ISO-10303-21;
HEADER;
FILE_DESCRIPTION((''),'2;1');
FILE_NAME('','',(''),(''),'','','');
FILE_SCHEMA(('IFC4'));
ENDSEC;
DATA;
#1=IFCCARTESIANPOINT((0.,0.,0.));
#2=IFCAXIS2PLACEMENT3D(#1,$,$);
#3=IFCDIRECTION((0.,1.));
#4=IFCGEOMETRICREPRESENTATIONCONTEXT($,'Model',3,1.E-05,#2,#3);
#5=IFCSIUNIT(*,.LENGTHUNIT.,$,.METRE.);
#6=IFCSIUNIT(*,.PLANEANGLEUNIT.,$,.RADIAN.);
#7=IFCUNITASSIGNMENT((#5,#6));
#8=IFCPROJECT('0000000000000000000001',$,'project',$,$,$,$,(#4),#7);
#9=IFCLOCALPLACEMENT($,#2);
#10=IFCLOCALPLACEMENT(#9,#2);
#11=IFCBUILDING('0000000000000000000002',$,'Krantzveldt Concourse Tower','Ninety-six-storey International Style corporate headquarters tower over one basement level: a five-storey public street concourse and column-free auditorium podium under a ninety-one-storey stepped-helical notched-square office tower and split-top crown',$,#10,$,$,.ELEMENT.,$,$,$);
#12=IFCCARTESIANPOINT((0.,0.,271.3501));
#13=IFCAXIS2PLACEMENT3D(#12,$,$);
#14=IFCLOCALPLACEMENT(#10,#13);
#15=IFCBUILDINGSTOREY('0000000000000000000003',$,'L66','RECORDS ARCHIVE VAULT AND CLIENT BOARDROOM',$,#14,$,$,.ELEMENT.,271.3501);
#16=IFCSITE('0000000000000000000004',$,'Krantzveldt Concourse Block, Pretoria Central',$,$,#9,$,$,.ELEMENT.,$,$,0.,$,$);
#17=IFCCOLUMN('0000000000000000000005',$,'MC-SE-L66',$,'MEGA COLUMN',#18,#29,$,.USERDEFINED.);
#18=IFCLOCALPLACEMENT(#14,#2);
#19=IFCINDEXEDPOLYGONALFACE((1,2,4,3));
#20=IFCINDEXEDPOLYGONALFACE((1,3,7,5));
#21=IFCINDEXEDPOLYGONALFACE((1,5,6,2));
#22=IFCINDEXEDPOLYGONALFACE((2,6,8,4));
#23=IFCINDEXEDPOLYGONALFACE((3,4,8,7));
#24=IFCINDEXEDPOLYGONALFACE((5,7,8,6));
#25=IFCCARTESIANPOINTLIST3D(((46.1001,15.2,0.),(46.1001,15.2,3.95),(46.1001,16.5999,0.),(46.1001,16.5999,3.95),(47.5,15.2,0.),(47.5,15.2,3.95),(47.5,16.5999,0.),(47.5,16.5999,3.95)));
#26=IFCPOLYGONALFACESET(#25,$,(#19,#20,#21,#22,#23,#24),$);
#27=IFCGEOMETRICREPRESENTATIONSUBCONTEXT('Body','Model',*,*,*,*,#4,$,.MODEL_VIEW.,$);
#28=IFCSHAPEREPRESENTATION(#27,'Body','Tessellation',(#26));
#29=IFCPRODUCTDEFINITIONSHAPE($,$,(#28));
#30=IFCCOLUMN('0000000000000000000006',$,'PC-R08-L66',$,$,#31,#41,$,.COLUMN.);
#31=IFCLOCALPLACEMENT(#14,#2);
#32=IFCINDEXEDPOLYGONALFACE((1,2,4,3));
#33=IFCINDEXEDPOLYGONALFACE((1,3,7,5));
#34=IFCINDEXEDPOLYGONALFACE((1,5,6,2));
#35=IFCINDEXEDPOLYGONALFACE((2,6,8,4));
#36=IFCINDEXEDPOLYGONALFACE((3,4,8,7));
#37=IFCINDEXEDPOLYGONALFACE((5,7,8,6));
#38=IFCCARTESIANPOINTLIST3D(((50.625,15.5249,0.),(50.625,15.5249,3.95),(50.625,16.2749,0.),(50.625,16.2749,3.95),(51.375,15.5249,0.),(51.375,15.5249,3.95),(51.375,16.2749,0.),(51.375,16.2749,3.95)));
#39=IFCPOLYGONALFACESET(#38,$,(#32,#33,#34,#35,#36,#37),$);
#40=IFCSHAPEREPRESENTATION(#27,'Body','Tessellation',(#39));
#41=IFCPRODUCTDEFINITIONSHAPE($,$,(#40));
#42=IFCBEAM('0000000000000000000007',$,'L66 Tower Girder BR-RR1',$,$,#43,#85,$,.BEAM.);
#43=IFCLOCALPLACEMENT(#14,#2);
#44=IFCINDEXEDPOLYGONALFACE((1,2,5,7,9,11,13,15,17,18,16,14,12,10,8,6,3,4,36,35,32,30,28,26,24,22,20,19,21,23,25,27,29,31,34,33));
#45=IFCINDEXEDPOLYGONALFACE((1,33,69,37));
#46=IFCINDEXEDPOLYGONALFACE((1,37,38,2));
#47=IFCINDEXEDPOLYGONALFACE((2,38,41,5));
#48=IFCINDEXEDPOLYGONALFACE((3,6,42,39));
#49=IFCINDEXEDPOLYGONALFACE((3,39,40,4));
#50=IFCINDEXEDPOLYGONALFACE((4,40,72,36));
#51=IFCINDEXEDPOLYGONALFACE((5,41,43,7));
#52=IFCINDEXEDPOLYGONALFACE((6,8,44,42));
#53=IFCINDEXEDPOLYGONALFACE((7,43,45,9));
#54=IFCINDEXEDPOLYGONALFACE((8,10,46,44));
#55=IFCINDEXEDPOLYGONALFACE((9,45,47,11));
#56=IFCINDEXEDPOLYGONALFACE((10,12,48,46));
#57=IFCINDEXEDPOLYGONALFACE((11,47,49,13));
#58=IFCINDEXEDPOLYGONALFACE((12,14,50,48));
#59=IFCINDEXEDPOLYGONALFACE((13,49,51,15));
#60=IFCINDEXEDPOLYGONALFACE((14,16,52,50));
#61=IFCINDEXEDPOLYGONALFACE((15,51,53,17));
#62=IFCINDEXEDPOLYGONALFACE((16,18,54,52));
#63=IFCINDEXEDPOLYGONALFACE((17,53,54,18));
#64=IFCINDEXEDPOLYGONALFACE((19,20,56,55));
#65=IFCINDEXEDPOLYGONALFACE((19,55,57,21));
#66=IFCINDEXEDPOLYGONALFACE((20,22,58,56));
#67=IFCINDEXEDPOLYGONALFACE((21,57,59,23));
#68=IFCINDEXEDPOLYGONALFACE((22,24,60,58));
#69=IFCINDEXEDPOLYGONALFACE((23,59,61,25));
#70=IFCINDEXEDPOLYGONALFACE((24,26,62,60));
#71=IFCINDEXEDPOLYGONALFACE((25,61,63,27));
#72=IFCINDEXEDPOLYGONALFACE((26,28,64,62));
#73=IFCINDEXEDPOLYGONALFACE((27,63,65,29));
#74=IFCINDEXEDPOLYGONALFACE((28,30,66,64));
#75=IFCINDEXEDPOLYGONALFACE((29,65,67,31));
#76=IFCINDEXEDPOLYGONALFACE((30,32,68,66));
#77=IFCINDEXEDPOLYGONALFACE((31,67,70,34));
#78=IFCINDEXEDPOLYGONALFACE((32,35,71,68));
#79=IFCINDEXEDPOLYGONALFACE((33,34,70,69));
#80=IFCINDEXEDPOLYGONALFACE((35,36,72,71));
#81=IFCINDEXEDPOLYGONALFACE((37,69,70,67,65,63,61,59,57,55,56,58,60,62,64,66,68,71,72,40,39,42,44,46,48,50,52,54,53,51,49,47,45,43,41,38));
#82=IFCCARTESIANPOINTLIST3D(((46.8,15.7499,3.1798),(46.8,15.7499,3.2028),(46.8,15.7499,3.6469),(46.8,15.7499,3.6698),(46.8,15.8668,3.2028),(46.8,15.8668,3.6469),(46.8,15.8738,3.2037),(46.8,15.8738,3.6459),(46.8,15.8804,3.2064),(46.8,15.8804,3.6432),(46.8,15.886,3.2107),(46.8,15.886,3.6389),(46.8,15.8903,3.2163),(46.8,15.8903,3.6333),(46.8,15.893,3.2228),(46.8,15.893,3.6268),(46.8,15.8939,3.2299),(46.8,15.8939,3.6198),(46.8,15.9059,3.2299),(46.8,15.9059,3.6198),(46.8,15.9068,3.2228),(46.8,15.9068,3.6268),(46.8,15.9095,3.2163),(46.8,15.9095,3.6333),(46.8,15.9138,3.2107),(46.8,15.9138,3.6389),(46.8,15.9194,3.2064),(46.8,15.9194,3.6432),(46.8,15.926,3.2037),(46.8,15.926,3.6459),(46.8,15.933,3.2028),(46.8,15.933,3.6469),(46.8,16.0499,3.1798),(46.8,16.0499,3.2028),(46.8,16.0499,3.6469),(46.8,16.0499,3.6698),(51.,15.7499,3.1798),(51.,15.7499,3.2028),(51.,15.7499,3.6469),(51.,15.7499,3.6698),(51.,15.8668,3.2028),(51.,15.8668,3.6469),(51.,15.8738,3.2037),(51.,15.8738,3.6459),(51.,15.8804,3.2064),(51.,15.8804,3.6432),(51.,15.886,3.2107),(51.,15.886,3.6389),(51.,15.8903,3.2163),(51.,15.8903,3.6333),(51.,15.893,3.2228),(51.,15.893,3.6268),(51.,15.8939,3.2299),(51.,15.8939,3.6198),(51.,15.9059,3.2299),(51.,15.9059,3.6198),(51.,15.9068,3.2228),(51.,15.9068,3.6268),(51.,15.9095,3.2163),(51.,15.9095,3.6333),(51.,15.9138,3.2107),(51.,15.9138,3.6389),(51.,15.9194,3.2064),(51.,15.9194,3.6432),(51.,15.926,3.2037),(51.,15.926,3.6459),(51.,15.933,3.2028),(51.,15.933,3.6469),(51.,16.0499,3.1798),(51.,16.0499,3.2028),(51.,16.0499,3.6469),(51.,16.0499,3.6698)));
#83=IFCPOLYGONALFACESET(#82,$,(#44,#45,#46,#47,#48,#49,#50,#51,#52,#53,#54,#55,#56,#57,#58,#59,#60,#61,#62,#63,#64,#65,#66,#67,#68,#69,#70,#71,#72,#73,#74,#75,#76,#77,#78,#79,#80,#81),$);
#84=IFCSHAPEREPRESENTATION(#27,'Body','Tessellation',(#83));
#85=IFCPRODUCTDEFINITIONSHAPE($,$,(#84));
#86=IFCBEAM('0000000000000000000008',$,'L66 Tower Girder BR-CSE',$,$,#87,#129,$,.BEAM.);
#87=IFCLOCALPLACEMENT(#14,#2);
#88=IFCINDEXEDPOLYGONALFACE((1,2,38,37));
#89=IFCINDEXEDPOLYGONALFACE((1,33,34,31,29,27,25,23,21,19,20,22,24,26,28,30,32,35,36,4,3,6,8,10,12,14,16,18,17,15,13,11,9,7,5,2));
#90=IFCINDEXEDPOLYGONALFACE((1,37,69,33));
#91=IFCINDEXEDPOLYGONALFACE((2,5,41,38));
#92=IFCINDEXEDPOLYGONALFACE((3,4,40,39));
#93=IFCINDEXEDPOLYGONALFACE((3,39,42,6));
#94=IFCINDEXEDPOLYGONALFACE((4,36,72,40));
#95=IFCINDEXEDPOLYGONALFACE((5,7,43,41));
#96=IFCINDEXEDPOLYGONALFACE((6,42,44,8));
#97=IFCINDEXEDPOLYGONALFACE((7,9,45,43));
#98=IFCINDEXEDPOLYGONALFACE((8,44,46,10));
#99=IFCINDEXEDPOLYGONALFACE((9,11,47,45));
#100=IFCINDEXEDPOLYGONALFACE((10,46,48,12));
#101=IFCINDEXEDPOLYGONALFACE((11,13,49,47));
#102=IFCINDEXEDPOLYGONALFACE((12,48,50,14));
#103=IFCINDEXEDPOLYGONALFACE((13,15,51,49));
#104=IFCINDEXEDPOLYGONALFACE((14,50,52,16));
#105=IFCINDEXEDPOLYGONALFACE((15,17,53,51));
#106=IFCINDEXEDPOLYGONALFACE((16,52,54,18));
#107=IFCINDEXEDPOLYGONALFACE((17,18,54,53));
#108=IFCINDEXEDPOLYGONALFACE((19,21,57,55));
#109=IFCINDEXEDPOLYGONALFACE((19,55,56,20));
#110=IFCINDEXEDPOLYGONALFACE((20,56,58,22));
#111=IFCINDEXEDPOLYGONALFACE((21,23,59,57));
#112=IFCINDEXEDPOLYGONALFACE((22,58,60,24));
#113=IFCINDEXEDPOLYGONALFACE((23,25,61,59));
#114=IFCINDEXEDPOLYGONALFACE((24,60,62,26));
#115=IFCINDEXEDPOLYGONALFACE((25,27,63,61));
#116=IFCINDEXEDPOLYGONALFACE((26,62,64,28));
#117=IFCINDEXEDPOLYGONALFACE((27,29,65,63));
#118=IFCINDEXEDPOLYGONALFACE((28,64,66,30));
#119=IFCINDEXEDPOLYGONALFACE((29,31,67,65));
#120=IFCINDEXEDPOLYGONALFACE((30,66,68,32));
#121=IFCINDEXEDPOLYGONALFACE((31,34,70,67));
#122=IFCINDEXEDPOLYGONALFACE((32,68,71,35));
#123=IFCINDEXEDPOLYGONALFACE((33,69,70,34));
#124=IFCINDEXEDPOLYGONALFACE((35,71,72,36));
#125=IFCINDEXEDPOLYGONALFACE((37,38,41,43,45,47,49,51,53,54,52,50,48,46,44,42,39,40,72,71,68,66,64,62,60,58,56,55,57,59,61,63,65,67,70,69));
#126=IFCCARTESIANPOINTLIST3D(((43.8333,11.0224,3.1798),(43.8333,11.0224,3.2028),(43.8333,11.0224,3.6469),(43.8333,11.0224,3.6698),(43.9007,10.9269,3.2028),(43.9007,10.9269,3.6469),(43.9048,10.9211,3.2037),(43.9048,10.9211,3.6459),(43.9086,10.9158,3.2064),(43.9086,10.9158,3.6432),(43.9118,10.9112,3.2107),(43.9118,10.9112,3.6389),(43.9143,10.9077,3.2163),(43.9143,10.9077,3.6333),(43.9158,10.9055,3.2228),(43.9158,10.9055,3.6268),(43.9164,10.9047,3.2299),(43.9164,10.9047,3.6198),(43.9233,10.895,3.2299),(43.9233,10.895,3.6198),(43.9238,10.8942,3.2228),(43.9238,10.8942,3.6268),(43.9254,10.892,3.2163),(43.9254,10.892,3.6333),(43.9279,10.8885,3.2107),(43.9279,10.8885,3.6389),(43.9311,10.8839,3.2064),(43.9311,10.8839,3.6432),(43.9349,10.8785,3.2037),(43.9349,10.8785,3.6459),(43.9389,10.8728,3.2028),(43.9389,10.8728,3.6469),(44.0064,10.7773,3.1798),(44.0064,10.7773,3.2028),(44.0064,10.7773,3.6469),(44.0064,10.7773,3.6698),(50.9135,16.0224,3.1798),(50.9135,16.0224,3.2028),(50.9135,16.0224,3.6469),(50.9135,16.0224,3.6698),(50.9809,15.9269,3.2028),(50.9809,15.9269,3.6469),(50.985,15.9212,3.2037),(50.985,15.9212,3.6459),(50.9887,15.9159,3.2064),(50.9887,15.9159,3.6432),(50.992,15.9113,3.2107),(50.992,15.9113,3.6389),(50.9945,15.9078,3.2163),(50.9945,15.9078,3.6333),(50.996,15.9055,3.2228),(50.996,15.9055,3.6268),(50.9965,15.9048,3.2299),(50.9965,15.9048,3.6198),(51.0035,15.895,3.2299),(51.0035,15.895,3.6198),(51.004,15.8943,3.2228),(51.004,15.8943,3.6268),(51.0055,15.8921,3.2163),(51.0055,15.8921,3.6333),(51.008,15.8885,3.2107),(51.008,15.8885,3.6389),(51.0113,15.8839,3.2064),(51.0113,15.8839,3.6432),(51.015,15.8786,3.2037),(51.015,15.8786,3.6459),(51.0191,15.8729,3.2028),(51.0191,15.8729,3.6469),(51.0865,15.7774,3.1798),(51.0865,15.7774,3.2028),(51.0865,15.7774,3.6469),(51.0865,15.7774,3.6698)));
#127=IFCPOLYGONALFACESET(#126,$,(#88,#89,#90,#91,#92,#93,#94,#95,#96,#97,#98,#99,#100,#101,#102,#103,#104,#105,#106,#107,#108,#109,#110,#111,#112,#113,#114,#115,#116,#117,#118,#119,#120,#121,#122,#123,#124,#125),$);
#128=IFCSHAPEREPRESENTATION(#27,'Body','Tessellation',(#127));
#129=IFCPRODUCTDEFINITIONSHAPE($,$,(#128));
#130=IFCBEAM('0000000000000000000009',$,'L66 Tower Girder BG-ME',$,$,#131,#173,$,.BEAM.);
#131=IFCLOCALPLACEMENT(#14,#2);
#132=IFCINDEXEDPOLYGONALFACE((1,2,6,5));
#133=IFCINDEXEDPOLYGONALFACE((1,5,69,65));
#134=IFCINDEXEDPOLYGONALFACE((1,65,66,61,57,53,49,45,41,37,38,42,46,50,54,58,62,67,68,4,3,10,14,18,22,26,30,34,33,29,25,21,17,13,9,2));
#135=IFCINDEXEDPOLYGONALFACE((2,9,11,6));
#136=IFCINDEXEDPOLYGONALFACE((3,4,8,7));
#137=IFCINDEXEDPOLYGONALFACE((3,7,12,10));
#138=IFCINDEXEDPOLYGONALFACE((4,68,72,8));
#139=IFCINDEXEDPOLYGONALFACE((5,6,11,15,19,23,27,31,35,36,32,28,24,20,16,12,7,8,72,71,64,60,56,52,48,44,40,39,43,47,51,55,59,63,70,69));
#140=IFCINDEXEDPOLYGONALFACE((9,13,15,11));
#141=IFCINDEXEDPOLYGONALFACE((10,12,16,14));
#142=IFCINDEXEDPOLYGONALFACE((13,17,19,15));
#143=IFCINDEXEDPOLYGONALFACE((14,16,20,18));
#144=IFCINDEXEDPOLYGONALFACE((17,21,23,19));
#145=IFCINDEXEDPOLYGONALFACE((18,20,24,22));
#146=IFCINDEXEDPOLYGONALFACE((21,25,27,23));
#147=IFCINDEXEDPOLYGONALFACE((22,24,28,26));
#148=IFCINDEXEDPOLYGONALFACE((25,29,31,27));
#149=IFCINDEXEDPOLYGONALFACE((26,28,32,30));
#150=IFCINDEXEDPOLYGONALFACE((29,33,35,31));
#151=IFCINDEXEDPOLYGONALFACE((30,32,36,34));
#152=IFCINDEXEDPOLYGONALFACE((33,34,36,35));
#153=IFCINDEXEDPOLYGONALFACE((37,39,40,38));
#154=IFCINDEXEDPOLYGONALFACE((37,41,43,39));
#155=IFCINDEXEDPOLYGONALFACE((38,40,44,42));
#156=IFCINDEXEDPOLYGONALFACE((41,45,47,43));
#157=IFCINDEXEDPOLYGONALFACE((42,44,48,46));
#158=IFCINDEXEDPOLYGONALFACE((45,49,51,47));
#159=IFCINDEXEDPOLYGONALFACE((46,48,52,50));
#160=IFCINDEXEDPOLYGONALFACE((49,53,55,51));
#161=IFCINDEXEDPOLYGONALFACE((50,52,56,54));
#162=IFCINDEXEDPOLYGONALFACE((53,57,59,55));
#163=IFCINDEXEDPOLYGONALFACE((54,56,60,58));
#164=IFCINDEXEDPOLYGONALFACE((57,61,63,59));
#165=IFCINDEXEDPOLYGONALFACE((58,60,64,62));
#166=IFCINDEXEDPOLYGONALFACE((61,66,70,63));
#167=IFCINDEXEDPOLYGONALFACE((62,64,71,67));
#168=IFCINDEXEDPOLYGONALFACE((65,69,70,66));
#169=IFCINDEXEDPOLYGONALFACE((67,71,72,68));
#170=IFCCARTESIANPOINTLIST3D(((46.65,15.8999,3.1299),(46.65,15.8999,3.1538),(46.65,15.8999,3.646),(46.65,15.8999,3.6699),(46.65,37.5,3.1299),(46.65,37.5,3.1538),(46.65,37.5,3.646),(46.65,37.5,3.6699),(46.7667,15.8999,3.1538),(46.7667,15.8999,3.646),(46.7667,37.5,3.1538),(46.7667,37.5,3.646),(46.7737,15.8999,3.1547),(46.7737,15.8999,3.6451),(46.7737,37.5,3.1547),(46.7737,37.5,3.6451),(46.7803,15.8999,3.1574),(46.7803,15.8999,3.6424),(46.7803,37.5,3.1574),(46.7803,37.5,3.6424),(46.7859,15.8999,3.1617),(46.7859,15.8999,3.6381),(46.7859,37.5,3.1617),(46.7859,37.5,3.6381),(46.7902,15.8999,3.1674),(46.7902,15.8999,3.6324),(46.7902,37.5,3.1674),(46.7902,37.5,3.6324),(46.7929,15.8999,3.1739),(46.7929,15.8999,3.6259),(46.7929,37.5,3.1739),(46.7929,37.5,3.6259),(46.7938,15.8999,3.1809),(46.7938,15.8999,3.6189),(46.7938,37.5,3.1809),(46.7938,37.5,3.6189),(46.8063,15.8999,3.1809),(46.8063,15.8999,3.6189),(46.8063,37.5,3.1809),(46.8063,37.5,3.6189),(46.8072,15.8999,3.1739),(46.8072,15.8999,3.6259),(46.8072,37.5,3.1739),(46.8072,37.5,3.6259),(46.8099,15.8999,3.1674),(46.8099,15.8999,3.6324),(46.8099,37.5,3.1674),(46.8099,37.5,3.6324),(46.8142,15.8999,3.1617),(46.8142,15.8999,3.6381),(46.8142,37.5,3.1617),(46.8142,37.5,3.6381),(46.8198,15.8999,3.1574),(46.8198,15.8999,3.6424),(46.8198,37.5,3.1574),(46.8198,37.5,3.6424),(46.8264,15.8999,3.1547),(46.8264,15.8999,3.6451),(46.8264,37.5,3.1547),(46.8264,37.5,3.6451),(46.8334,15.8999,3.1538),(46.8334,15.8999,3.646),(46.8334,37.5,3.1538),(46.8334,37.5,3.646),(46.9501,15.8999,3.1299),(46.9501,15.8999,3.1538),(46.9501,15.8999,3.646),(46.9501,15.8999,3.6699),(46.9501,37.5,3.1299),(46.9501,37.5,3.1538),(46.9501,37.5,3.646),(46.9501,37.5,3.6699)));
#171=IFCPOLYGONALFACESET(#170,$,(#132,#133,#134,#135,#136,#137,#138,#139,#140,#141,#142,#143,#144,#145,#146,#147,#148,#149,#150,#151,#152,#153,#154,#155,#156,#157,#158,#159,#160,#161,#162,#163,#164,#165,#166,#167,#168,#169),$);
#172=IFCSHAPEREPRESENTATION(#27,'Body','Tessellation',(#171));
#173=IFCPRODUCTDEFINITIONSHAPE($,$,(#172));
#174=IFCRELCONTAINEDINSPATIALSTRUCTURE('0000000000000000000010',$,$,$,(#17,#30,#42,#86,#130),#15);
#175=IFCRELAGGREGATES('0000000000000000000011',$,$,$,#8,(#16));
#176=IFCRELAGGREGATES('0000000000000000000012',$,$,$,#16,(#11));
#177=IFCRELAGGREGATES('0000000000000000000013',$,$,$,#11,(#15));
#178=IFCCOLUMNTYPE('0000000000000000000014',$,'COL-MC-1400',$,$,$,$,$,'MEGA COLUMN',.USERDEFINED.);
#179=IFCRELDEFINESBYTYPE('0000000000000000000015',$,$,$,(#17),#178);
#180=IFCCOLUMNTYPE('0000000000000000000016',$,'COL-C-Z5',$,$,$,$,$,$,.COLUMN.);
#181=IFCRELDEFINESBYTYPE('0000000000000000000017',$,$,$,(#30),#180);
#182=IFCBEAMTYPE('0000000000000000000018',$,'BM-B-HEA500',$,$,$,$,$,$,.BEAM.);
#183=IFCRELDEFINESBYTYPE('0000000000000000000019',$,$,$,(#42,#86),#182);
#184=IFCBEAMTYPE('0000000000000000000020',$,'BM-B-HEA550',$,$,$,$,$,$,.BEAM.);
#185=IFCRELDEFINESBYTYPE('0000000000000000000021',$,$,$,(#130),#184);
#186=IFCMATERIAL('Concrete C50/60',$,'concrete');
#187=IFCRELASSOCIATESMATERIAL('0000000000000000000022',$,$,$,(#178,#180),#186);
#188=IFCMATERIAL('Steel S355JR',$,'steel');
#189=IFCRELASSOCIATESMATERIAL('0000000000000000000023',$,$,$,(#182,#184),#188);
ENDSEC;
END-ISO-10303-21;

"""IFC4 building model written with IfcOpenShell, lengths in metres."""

from ifc_helpers import new_model, si_unit, direction, frame, origin, origin_2d, place, context, subcontext, project, spatial, rectangle, i_section, extrude, source, transform, mapped, material, material_profile, profile_set, type_object, type_shapes, element, save


model = new_model("IFC4")

# Units and contexts
model_context = context("Model", 3, precision=1e-05, world=origin(), true_north=direction((0.0, 1.0)))
body_context = subcontext(model_context, "Body", "Model", "MODEL_VIEW")
ifc_project = project(units=[si_unit("LENGTHUNIT", "METRE"), si_unit("PLANEANGLEUNIT", "RADIAN")], contexts=[model_context])

# Site, building, storey
site_placement = place(None, origin())
site = spatial("IfcSite", under=ifc_project, at=site_placement, Name="Krantzveldt Concourse Block, Pretoria Central", CompositionType="ELEMENT", RefElevation=0.0)
building_placement = place(site_placement, origin())
building = spatial("IfcBuilding", under=site, at=building_placement, Name="Krantzveldt Concourse Tower", Description="Ninety-six-storey International Style corporate headquarters tower over one basement level: a five-storey public street concourse and column-free auditorium podium under a ninety-one-storey stepped-helical notched-square office tower and split-top crown", CompositionType="ELEMENT")
storey_placement = place(building_placement, frame((0.0, 0.0, 271.3501)))
storey = spatial("IfcBuildingStorey", under=building, at=storey_placement, Name="L66", Description="RECORDS ARCHIVE VAULT AND CLIENT BOARDROOM", CompositionType="ELEMENT", Elevation=271.3501)

# Columns
ifc_material_1 = material(Name="Concrete C50/60", Category="concrete")
ifc_material_profile_1 = material_profile(ifc_material_1, rectangle(XDim=1.3999, YDim=1.3999, at=origin_2d()), Name="Concrete C50/60", Category="concrete")
ifc_profile_set_1 = profile_set([ifc_material_profile_1], Name="Concrete C50/60 - RC 1400x1400")
column_type_1 = type_object("IfcColumnType", Name="COL-MC-1400", ElementType="MEGA COLUMN", PredefinedType="USERDEFINED", material=ifc_profile_set_1)
shared_shape_1 = source(origin(), body_context, "Body", "SweptSolid", [
    extrude(rectangle(XDim=1.3999, YDim=1.3999, at=origin_2d()), origin(), (0.0, 0.0, 1.0), 3.95),
])
type_shapes(column_type_1, [shared_shape_1])
column_1_placement = place(storey_placement, frame((46.8, 15.8999, 0.0), z_axis=(0.0, 0.0, 1.0), x_axis=(1.0, 0.0, 0.0)))
element("IfcColumn", 1, at=column_1_placement, inside=storey, type_object=column_type_1, Name="MC-SE-L66", ObjectType="MEGA COLUMN", PredefinedType="USERDEFINED", context=body_context, shape_type="MappedRepresentation", body=[
    mapped(shared_shape_1, transform((0.0, 0.0, 0.0), x_axis=(1.0, 0.0, 0.0), y_axis=(0.0, 1.0, 0.0), z_axis=(0.0, 0.0, 1.0), scale=1.0)),
])
ifc_material_profile_2 = material_profile(ifc_material_1, rectangle(XDim=0.75, YDim=0.75, at=origin_2d()), Name="Concrete C50/60", Category="concrete")
ifc_profile_set_2 = profile_set([ifc_material_profile_2], Name="Concrete C50/60 - RC 750x750")
column_type_2 = type_object("IfcColumnType", Name="COL-C-Z5", PredefinedType="COLUMN", material=ifc_profile_set_2)
shared_shape_2 = source(origin(), body_context, "Body", "SweptSolid", [
    extrude(rectangle(XDim=0.75, YDim=0.75, at=origin_2d()), origin(), (0.0, 0.0, 1.0), 3.95),
])
type_shapes(column_type_2, [shared_shape_2])
column_2_placement = place(storey_placement, frame((51.0, 15.8999, 0.0), z_axis=(0.0, 0.0, 1.0), x_axis=(1.0, 0.0, 0.0)))
element("IfcColumn", 2, at=column_2_placement, inside=storey, type_object=column_type_2, Name="PC-R08-L66", PredefinedType="COLUMN", context=body_context, shape_type="MappedRepresentation", body=[
    mapped(shared_shape_2, transform((0.0, 0.0, 0.0), x_axis=(1.0, 0.0, 0.0), y_axis=(0.0, 1.0, 0.0), z_axis=(0.0, 0.0, 1.0), scale=1.0)),
])

# Beams
ifc_material_2 = material(Name="Steel S355JR", Category="steel")
ifc_material_profile_3 = material_profile(ifc_material_2, i_section(OverallWidth=0.3, OverallDepth=0.49, WebThickness=0.012, FlangeThickness=0.0229, FilletRadius=0.0271, at=origin_2d()), Name="Steel S355JR", Category="steel")
ifc_profile_set_3 = profile_set([ifc_material_profile_3], Name="Steel S355JR - HEA 500")
beam_type_1 = type_object("IfcBeamType", Name="BM-B-HEA500", PredefinedType="BEAM", material=ifc_profile_set_3)
shared_shape_3 = source(origin(), body_context, "Body", "SweptSolid", [
    extrude(i_section(OverallWidth=0.3, OverallDepth=0.49, WebThickness=0.012, FlangeThickness=0.0229, FilletRadius=0.0271, at=origin_2d()), origin(), (0.0, 0.0, 1.0), 4.2),
])
beam_1_placement = place(storey_placement, frame((46.8, 15.8999, 3.4248), z_axis=(1.0, 0.0, 0.0), x_axis=(0.0, 1.0, 0.0)))
element("IfcBeam", 3, at=beam_1_placement, inside=storey, type_object=beam_type_1, Name="L66 Tower Girder BR-RR1", PredefinedType="BEAM", context=body_context, shape_type="MappedRepresentation", body=[
    mapped(shared_shape_3, transform((0.0, 0.0, 0.0), x_axis=(1.0, 0.0, 0.0), y_axis=(0.0, 1.0, 0.0), z_axis=(0.0, 0.0, 1.0), scale=1.0)),
])
shared_shape_4 = source(origin(), body_context, "Body", "SweptSolid", [
    extrude(i_section(OverallWidth=0.3, OverallDepth=0.49, WebThickness=0.012, FlangeThickness=0.0229, FilletRadius=0.0271, at=origin_2d()), origin(), (0.0, 0.0, 1.0), 8.6677),
])
type_shapes(beam_type_1, [shared_shape_3, shared_shape_4])
beam_2_placement = place(storey_placement, frame((51.0, 15.8999, 3.4248), z_axis=(-0.816843, -0.57686, 0.0), x_axis=(0.57686, -0.816843, 0.0)))
element("IfcBeam", 4, at=beam_2_placement, inside=storey, type_object=beam_type_1, Name="L66 Tower Girder BR-CSE", PredefinedType="BEAM", context=body_context, shape_type="MappedRepresentation", body=[
    mapped(shared_shape_4, transform((0.0, 0.0, 0.0), x_axis=(1.0, 0.0, 0.0), y_axis=(0.0, 1.0, 0.0), z_axis=(0.0, 0.0, 1.0), scale=1.0)),
])
ifc_material_profile_4 = material_profile(ifc_material_2, i_section(OverallWidth=0.3, OverallDepth=0.54, WebThickness=0.0125, FlangeThickness=0.0239, FilletRadius=0.0271, at=origin_2d()), Name="Steel S355JR", Category="steel")
ifc_profile_set_4 = profile_set([ifc_material_profile_4], Name="Steel S355JR - HEA 550")
beam_type_2 = type_object("IfcBeamType", Name="BM-B-HEA550", PredefinedType="BEAM", material=ifc_profile_set_4)
shared_shape_5 = source(origin(), body_context, "Body", "SweptSolid", [
    extrude(i_section(OverallWidth=0.3, OverallDepth=0.54, WebThickness=0.0125, FlangeThickness=0.0239, FilletRadius=0.0271, at=origin_2d()), origin(), (0.0, 0.0, 1.0), 21.6001),
])
beam_3_placement = place(storey_placement, frame((46.8, 15.8999, 3.3999), z_axis=(0.0, 1.0, 0.0), x_axis=(-1.0, 0.0, 0.0)))
element("IfcBeam", 5, at=beam_3_placement, inside=storey, type_object=beam_type_2, Name="L66 Tower Girder BG-ME", PredefinedType="BEAM", context=body_context, shape_type="MappedRepresentation", body=[
    mapped(shared_shape_5, transform((0.0, 0.0, 0.0), x_axis=(1.0, 0.0, 0.0), y_axis=(0.0, 1.0, 0.0), z_axis=(0.0, 0.0, 1.0), scale=1.0)),
])

save(model, "model.ifc")
